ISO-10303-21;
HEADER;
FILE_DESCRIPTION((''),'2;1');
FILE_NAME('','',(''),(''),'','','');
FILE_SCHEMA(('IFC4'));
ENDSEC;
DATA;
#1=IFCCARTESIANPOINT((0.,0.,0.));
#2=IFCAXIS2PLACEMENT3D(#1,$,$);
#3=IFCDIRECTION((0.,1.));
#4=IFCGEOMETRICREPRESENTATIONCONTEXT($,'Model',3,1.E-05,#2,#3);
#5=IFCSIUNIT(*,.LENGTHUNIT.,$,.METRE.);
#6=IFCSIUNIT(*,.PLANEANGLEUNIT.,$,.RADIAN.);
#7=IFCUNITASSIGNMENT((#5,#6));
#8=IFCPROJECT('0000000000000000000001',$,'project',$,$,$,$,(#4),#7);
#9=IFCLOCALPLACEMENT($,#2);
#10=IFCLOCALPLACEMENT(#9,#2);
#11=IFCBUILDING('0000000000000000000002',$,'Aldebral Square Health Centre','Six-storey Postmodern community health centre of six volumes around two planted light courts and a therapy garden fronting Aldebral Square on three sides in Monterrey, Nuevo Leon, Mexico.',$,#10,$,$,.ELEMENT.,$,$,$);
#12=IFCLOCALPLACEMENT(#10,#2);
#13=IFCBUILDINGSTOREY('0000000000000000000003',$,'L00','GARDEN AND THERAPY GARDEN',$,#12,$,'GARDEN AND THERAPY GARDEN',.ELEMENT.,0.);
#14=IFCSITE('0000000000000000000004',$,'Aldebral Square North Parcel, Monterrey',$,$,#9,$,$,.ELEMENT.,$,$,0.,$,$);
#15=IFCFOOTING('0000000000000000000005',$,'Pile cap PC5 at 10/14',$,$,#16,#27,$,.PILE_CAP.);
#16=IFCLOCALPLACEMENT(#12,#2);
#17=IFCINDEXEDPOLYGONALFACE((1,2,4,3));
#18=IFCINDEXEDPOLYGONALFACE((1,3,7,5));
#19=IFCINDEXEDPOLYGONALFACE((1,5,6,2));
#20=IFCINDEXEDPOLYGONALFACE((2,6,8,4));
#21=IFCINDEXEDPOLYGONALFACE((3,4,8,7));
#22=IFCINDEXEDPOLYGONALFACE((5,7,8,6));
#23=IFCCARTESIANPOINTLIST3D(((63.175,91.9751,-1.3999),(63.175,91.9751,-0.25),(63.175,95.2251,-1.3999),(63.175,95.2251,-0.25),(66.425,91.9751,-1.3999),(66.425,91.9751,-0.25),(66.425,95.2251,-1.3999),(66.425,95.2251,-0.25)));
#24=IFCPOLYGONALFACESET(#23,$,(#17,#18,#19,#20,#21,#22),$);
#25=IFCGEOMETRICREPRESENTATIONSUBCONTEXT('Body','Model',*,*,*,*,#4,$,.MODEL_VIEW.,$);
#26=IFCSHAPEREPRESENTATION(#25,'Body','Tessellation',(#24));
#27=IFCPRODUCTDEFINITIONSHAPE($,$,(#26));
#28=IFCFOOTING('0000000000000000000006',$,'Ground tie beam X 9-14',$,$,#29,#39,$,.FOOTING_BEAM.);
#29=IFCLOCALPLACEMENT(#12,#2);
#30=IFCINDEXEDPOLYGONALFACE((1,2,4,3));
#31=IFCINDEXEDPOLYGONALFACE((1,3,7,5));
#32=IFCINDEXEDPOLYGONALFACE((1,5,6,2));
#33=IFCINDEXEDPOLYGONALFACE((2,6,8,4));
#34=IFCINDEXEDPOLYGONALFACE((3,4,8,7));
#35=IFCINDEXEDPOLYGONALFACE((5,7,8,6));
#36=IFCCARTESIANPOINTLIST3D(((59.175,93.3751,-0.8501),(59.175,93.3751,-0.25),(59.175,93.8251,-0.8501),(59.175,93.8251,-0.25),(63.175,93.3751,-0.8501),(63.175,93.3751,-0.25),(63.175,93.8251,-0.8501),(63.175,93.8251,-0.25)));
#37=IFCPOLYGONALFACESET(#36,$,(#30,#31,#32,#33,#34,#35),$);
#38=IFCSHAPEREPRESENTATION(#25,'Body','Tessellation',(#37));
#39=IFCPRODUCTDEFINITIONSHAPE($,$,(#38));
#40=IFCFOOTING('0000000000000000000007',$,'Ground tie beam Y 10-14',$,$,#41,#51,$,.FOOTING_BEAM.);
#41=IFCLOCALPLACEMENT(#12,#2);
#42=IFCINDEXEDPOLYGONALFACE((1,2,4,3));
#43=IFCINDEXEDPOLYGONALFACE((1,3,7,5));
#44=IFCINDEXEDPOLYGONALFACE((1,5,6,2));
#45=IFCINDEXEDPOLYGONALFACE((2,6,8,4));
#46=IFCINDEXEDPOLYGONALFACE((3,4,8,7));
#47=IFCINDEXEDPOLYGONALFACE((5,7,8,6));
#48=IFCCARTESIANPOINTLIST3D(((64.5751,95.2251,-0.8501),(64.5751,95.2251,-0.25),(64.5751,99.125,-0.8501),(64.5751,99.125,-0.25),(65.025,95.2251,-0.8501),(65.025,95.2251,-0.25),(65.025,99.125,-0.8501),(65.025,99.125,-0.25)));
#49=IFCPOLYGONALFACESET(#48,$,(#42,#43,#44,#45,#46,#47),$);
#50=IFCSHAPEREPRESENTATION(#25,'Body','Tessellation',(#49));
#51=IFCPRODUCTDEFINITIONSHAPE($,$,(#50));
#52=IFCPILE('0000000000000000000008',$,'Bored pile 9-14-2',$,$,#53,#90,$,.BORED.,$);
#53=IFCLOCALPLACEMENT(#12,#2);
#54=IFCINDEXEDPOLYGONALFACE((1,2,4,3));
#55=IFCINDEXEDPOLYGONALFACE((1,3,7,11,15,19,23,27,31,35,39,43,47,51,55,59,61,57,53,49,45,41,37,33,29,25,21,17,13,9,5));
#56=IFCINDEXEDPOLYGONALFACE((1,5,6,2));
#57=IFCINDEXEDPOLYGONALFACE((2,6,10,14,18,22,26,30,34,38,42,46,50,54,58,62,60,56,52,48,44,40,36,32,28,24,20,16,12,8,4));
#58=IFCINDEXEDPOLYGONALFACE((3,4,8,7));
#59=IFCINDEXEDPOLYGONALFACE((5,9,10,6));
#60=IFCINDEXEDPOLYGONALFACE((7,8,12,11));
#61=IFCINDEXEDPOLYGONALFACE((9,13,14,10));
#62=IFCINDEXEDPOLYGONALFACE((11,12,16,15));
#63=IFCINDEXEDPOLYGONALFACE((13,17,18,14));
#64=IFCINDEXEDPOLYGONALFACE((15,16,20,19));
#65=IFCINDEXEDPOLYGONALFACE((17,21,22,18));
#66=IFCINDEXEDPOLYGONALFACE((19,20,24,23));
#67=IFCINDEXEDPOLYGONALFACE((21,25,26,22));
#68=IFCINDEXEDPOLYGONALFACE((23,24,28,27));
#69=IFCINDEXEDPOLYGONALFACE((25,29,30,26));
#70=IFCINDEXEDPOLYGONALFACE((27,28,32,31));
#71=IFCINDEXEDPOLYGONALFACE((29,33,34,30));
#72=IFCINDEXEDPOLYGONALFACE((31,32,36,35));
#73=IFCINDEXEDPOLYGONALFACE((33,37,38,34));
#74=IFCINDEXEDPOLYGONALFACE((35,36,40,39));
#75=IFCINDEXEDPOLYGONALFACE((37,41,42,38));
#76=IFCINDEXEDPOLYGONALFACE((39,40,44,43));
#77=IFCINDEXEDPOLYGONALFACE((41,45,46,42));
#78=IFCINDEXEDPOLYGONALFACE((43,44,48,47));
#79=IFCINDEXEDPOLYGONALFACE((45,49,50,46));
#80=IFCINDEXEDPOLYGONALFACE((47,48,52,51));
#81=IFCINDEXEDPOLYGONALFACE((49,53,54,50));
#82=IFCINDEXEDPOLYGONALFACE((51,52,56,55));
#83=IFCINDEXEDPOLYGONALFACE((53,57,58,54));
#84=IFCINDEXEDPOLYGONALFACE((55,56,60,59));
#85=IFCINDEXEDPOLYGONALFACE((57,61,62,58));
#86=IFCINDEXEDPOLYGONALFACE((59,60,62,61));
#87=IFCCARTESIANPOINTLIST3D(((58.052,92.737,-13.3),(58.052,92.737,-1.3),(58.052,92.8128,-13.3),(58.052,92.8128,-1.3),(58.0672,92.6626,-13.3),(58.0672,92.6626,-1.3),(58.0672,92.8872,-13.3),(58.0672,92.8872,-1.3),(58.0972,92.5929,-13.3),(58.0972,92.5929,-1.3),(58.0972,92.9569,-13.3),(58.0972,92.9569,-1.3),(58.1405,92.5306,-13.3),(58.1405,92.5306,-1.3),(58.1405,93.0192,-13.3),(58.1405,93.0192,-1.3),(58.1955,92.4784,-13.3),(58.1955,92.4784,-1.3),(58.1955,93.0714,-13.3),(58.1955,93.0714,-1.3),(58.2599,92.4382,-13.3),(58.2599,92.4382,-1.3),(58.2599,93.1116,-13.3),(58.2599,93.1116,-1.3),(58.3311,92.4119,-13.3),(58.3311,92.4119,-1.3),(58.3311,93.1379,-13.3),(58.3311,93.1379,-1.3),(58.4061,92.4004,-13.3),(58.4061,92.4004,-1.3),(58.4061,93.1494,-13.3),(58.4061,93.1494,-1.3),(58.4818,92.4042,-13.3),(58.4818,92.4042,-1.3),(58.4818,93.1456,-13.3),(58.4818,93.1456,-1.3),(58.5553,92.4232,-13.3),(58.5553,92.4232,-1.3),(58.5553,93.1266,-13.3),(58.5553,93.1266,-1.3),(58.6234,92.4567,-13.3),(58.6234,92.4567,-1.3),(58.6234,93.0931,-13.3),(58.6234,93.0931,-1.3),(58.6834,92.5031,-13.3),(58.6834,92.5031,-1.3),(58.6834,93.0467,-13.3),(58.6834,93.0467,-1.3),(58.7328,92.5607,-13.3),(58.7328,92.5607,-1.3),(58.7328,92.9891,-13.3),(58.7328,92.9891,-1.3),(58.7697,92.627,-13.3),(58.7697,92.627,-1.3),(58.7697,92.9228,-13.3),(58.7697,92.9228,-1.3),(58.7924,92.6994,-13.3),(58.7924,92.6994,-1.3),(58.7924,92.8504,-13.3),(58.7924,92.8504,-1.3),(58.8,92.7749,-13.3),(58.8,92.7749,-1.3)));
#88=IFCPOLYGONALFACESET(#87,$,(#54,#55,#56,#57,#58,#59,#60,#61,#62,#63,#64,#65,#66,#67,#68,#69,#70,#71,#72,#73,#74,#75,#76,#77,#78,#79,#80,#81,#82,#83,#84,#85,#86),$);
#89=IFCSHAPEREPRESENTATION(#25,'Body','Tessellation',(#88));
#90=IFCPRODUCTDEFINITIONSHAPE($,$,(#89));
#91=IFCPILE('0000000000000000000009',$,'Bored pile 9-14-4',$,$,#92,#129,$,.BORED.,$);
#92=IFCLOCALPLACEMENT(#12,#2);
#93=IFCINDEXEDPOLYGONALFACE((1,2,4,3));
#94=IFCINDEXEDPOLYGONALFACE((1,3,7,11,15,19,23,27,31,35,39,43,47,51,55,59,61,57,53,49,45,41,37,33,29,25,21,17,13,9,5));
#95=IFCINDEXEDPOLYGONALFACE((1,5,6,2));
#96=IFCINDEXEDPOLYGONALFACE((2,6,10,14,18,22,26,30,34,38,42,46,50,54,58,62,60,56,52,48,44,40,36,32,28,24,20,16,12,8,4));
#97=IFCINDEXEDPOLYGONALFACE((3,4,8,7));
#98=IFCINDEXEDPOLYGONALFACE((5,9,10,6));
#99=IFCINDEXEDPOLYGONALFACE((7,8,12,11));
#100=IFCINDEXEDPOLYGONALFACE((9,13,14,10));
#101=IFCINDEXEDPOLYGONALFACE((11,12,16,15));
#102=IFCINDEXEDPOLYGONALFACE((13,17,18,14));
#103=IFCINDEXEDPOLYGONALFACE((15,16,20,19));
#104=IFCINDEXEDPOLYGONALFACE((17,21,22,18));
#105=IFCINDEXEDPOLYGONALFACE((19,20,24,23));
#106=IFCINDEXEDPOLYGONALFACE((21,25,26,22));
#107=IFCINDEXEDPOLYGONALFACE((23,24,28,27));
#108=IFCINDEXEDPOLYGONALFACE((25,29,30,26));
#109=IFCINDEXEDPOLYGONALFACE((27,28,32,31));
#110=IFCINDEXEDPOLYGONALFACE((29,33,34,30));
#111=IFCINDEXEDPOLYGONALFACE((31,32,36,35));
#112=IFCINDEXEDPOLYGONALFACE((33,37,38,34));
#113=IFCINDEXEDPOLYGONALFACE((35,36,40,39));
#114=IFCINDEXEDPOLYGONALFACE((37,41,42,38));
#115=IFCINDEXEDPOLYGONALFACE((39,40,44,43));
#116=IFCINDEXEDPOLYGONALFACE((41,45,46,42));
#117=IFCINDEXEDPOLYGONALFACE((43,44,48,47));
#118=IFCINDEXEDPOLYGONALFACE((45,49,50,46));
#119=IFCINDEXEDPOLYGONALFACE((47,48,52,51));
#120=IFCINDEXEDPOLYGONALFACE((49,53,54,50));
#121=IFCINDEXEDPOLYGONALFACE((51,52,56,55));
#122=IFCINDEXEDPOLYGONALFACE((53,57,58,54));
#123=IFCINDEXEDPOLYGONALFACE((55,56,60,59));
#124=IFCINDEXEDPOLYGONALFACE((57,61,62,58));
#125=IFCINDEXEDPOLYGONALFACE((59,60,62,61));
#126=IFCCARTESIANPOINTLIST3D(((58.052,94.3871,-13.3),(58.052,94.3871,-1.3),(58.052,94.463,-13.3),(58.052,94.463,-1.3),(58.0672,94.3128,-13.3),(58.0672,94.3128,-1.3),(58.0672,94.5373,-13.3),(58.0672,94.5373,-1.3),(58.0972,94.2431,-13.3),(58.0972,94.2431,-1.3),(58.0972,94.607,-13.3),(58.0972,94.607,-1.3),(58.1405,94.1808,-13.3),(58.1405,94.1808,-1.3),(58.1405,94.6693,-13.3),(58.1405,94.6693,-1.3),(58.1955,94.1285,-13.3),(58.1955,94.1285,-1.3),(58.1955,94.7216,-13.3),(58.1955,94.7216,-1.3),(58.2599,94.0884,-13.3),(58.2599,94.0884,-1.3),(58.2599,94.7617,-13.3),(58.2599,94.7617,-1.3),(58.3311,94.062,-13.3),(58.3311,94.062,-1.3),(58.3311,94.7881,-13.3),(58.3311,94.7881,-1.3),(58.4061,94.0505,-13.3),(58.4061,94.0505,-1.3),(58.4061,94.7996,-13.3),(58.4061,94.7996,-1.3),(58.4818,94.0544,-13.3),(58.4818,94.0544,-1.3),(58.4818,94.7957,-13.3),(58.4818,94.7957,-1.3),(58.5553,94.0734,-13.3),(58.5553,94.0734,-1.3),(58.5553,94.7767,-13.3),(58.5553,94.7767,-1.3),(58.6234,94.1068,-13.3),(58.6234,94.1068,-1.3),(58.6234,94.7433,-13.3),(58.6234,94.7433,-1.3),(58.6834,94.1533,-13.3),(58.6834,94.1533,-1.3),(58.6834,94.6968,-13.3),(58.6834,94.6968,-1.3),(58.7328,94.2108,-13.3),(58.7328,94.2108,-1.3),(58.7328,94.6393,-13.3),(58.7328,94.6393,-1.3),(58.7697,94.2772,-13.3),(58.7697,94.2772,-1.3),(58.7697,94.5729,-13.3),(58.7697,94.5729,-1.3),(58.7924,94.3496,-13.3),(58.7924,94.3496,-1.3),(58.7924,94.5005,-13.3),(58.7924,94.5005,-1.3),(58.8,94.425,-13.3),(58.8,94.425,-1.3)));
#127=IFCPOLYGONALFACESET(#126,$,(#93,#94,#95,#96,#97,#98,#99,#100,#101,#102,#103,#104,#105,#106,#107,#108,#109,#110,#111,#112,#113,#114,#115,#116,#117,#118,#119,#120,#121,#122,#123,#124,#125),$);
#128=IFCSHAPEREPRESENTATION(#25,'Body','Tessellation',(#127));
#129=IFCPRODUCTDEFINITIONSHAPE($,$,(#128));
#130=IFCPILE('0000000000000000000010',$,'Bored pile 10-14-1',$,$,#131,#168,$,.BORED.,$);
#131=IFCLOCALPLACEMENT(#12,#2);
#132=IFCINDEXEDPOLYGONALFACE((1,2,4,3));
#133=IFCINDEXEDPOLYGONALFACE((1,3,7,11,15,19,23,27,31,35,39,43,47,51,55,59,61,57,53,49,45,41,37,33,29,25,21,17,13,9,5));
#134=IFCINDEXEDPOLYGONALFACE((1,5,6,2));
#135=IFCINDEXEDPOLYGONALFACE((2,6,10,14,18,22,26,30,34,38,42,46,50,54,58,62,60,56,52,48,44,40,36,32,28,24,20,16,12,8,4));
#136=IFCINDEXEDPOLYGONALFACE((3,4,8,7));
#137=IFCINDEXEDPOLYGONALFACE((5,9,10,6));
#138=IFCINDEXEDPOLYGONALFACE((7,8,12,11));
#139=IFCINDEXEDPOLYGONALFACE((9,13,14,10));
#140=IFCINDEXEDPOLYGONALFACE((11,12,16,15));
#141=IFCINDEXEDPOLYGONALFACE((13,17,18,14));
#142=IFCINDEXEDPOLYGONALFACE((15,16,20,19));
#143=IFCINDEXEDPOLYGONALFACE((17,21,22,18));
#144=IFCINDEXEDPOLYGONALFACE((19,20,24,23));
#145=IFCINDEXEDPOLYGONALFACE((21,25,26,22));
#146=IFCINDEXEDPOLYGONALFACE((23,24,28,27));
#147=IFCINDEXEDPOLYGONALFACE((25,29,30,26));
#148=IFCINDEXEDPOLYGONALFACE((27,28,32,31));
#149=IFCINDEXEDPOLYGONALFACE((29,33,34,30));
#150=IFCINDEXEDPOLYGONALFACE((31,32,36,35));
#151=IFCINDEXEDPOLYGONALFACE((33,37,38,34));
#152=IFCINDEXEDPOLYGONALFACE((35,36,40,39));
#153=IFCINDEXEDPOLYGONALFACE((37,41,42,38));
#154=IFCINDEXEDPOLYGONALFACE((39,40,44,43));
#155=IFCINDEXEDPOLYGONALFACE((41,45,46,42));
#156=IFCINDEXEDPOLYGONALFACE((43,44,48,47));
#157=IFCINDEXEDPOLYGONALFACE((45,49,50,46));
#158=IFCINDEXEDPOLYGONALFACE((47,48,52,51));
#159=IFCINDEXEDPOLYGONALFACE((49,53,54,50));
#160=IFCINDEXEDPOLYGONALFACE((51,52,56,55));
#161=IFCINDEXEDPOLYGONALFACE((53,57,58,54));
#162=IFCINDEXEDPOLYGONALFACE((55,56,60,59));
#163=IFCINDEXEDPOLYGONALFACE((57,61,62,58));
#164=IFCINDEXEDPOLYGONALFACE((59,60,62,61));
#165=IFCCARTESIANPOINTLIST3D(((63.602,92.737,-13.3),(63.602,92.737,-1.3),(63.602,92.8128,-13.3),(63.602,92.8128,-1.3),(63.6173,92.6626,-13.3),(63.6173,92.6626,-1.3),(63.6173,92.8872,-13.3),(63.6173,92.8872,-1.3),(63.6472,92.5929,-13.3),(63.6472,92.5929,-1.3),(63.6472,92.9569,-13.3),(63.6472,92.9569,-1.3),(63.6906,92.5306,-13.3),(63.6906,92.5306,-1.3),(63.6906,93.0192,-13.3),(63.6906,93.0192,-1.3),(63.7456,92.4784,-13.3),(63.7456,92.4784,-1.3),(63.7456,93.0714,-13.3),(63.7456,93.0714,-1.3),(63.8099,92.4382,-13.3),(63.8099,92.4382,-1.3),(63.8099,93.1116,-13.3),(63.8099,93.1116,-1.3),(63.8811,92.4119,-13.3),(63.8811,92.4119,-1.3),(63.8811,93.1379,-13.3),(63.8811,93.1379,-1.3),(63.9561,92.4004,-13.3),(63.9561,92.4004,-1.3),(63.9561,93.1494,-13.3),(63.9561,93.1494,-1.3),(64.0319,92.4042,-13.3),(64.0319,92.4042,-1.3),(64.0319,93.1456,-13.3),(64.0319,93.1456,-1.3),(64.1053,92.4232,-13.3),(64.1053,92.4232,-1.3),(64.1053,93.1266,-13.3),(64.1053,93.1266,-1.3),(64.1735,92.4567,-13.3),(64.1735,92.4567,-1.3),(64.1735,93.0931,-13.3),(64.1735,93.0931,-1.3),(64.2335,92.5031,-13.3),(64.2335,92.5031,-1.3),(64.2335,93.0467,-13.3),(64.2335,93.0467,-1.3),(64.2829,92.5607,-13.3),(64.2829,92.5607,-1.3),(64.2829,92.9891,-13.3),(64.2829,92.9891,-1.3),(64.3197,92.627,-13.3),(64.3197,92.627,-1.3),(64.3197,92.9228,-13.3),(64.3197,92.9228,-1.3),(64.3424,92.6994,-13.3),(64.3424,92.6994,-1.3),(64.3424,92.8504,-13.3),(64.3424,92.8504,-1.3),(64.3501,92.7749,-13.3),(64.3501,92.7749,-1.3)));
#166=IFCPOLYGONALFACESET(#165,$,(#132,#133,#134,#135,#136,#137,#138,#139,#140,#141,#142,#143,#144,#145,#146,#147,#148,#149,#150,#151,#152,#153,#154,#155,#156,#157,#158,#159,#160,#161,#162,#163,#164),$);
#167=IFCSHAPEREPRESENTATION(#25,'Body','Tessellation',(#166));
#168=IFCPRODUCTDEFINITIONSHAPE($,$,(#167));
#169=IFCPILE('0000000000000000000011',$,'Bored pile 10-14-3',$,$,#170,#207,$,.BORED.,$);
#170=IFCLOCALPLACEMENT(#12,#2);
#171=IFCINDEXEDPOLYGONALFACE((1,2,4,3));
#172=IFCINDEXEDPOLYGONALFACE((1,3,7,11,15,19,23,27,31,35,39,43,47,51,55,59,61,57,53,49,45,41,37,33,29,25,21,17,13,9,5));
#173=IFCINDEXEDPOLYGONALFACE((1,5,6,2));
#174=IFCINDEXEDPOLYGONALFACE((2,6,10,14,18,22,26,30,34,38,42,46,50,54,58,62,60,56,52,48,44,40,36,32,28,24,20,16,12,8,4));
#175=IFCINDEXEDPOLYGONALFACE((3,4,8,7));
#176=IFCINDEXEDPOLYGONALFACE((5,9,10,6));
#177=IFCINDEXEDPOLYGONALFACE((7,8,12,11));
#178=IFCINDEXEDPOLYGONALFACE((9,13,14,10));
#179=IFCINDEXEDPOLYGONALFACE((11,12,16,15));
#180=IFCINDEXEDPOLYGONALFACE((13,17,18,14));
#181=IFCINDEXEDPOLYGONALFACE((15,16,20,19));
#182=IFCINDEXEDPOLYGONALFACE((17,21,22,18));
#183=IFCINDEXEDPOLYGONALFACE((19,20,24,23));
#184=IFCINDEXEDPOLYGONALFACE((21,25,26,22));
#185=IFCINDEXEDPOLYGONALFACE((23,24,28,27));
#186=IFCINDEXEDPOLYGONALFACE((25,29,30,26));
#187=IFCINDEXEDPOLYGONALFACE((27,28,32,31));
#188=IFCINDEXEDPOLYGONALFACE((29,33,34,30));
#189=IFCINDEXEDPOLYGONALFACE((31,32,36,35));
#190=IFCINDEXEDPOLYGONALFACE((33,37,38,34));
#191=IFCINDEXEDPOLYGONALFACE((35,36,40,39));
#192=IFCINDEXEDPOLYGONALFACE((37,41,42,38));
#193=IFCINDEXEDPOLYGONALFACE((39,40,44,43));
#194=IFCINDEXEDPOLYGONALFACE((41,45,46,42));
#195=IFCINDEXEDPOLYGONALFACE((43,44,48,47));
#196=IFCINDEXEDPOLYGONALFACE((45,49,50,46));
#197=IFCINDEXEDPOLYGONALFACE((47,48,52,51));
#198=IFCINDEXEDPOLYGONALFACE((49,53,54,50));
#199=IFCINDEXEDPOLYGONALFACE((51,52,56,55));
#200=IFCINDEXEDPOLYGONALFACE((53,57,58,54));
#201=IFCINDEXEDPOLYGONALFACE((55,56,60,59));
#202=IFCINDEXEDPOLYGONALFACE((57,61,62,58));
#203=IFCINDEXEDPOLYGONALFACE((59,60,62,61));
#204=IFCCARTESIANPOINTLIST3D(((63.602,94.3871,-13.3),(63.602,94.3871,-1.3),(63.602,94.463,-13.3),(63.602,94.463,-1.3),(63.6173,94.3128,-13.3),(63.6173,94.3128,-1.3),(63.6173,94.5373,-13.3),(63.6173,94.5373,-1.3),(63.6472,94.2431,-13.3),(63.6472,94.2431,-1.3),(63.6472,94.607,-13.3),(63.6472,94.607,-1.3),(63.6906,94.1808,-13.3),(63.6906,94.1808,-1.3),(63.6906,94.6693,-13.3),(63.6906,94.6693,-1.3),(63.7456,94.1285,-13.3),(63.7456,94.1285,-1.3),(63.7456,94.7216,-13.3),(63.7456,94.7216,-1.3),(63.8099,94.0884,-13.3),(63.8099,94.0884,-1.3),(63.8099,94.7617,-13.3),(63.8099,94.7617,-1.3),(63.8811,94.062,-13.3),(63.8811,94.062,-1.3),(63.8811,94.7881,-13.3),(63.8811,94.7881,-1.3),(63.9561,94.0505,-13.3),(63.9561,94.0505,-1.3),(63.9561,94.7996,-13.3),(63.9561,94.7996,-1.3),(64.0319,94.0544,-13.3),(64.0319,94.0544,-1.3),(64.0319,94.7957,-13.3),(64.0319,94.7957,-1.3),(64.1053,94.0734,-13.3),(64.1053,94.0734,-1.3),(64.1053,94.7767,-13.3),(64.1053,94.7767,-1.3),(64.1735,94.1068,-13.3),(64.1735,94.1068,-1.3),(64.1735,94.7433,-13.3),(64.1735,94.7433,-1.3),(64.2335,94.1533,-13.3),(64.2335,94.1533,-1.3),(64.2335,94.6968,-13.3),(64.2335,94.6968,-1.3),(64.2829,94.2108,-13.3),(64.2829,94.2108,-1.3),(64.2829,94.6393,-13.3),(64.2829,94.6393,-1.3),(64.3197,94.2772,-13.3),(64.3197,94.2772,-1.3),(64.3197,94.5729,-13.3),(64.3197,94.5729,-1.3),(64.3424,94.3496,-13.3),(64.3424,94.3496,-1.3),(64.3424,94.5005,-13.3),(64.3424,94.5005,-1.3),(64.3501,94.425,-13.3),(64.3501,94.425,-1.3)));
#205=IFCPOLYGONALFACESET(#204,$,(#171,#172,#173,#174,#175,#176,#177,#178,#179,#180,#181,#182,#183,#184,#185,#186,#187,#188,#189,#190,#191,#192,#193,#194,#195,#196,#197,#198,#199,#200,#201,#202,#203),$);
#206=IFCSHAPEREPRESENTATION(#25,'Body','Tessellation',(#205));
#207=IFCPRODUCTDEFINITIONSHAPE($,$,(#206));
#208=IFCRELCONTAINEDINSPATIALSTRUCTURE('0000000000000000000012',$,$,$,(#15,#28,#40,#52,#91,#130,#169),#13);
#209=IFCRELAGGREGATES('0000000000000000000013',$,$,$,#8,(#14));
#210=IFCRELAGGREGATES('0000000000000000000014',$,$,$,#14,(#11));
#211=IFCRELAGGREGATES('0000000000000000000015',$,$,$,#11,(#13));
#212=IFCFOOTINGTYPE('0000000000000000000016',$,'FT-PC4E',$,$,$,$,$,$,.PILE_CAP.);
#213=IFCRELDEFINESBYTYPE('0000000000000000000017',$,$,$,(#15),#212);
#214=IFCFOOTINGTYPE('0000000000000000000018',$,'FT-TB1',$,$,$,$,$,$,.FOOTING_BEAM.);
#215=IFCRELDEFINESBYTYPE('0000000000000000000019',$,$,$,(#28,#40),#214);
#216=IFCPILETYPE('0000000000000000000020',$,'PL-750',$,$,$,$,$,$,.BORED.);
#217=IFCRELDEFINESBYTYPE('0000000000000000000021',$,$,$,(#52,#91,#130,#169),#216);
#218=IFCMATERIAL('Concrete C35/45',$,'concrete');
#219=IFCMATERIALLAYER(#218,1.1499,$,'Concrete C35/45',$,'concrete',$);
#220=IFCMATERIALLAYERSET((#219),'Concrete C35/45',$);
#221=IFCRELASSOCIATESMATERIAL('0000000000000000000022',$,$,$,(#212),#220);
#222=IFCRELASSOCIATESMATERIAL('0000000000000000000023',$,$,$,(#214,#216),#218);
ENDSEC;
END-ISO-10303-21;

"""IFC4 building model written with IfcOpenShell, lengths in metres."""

from ifc_helpers import new_model, si_unit, direction, frame, origin, origin_2d, place, context, subcontext, project, spatial, rectangle, circle, extrude, material, layer, layer_set, material_profile, profile_set, type_object, element, save


model = new_model("IFC4")

# Units and contexts
model_context = context("Model", 3, precision=1e-05, world=origin(), true_north=direction((0.0, 1.0)))
body_context = subcontext(model_context, "Body", "Model", "MODEL_VIEW")
ifc_project = project(units=[si_unit("LENGTHUNIT", "METRE"), si_unit("PLANEANGLEUNIT", "RADIAN")], contexts=[model_context])

# Site, building, storey
site_placement = place(None, origin())
site = spatial("IfcSite", under=ifc_project, at=site_placement, Name="Aldebral Square North Parcel, Monterrey", CompositionType="ELEMENT", RefElevation=0.0)
building_placement = place(site_placement, origin())
building = spatial("IfcBuilding", under=site, at=building_placement, Name="Aldebral Square Health Centre", Description="Six-storey Postmodern community health centre of six volumes around two planted light courts and a therapy garden fronting Aldebral Square on three sides in Monterrey, Nuevo Leon, Mexico.", CompositionType="ELEMENT")
storey_placement = place(building_placement, origin())
storey = spatial("IfcBuildingStorey", under=building, at=storey_placement, Name="L00", Description="GARDEN AND THERAPY GARDEN", LongName="GARDEN AND THERAPY GARDEN", CompositionType="ELEMENT", Elevation=0.0)

# Footings
ifc_material_1 = material(Name="Concrete C35/45", Category="concrete")
ifc_layer_1 = layer(ifc_material_1, 1.1499, Name="Concrete C35/45", Category="concrete")
ifc_layer_set_1 = layer_set([ifc_layer_1], Name="Concrete C35/45")
footing_type_1 = type_object("IfcFootingType", Name="FT-PC4E", PredefinedType="PILE_CAP", material=ifc_layer_set_1)
footing_1_placement = place(storey_placement, frame((64.8, 93.6001, -1.3999), z_axis=(0.0, 0.0, 1.0), x_axis=(1.0, 0.0, 0.0)))
element("IfcFooting", 1, at=footing_1_placement, inside=storey, type_object=footing_type_1, Name="Pile cap PC5 at 10/14", PredefinedType="PILE_CAP", context=body_context, shape_type="SweptSolid", body=[
    extrude(rectangle(XDim=3.25, YDim=3.25, at=origin_2d()), origin(), (0.0, 0.0, 1.0), 1.1499),
])
ifc_material_profile_1 = material_profile(ifc_material_1, rectangle(XDim=0.45, YDim=0.6001, at=origin_2d()), Name="RC 450x600")
ifc_profile_set_1 = profile_set([ifc_material_profile_1], Name="Concrete C35/45")
footing_type_2 = type_object("IfcFootingType", Name="FT-TB1", PredefinedType="FOOTING_BEAM", material=ifc_profile_set_1)
footing_2_placement = place(storey_placement, frame((59.175, 93.6001, -0.55), z_axis=(1.0, 0.0, 0.0), x_axis=(0.0, 1.0, 0.0)))
element("IfcFooting", 2, at=footing_2_placement, inside=storey, type_object=footing_type_2, Name="Ground tie beam X 9-14", PredefinedType="FOOTING_BEAM", context=body_context, shape_type="SweptSolid", body=[
    extrude(rectangle(XDim=0.45, YDim=0.6001, at=origin_2d()), origin(), (0.0, 0.0, 1.0), 4.0),
])
footing_3_placement = place(storey_placement, frame((64.8, 95.2251, -0.55), z_axis=(0.0, 1.0, 0.0), x_axis=(-1.0, 0.0, 0.0)))
element("IfcFooting", 3, at=footing_3_placement, inside=storey, type_object=footing_type_2, Name="Ground tie beam Y 10-14", PredefinedType="FOOTING_BEAM", context=body_context, shape_type="SweptSolid", body=[
    extrude(rectangle(XDim=0.45, YDim=0.6001, at=origin_2d()), origin(), (0.0, 0.0, 1.0), 3.8999),
])

# Piles
ifc_material_profile_2 = material_profile(ifc_material_1, circle(Radius=0.375, at=origin_2d()), Name="PILE D750")
ifc_profile_set_2 = profile_set([ifc_material_profile_2], Name="Concrete C35/45")
pile_type = type_object("IfcPileType", Name="PL-750", PredefinedType="BORED", material=ifc_profile_set_2)
for number, where, z_axis, x_axis, name in (
    (4, (58.425, 92.7749, -1.3), (0.0, 0.0, -1.0), (1.0, 0.0, 0.0), "Bored pile 9-14-2"),
    (5, (58.425, 94.425, -1.3), (0.0, 0.0, -1.0), (1.0, 0.0, 0.0), "Bored pile 9-14-4"),
    (6, (63.9751, 92.7749, -1.3), (0.0, 0.0, -1.0), (1.0, 0.0, 0.0), "Bored pile 10-14-1"),
    (7, (63.9751, 94.425, -1.3), (0.0, 0.0, -1.0), (1.0, 0.0, 0.0), "Bored pile 10-14-3"),
):
    element("IfcPile", number, at=place(storey_placement, frame(where, z_axis=z_axis, x_axis=x_axis)), inside=storey, type_object=pile_type, Name=name, PredefinedType="BORED", context=body_context, shape_type="SweptSolid", body=[
        extrude(circle(Radius=0.375, at=origin_2d()), origin(), (0.0, 0.0, 1.0), 12.0),
    ])

save(model, "model.ifc")
